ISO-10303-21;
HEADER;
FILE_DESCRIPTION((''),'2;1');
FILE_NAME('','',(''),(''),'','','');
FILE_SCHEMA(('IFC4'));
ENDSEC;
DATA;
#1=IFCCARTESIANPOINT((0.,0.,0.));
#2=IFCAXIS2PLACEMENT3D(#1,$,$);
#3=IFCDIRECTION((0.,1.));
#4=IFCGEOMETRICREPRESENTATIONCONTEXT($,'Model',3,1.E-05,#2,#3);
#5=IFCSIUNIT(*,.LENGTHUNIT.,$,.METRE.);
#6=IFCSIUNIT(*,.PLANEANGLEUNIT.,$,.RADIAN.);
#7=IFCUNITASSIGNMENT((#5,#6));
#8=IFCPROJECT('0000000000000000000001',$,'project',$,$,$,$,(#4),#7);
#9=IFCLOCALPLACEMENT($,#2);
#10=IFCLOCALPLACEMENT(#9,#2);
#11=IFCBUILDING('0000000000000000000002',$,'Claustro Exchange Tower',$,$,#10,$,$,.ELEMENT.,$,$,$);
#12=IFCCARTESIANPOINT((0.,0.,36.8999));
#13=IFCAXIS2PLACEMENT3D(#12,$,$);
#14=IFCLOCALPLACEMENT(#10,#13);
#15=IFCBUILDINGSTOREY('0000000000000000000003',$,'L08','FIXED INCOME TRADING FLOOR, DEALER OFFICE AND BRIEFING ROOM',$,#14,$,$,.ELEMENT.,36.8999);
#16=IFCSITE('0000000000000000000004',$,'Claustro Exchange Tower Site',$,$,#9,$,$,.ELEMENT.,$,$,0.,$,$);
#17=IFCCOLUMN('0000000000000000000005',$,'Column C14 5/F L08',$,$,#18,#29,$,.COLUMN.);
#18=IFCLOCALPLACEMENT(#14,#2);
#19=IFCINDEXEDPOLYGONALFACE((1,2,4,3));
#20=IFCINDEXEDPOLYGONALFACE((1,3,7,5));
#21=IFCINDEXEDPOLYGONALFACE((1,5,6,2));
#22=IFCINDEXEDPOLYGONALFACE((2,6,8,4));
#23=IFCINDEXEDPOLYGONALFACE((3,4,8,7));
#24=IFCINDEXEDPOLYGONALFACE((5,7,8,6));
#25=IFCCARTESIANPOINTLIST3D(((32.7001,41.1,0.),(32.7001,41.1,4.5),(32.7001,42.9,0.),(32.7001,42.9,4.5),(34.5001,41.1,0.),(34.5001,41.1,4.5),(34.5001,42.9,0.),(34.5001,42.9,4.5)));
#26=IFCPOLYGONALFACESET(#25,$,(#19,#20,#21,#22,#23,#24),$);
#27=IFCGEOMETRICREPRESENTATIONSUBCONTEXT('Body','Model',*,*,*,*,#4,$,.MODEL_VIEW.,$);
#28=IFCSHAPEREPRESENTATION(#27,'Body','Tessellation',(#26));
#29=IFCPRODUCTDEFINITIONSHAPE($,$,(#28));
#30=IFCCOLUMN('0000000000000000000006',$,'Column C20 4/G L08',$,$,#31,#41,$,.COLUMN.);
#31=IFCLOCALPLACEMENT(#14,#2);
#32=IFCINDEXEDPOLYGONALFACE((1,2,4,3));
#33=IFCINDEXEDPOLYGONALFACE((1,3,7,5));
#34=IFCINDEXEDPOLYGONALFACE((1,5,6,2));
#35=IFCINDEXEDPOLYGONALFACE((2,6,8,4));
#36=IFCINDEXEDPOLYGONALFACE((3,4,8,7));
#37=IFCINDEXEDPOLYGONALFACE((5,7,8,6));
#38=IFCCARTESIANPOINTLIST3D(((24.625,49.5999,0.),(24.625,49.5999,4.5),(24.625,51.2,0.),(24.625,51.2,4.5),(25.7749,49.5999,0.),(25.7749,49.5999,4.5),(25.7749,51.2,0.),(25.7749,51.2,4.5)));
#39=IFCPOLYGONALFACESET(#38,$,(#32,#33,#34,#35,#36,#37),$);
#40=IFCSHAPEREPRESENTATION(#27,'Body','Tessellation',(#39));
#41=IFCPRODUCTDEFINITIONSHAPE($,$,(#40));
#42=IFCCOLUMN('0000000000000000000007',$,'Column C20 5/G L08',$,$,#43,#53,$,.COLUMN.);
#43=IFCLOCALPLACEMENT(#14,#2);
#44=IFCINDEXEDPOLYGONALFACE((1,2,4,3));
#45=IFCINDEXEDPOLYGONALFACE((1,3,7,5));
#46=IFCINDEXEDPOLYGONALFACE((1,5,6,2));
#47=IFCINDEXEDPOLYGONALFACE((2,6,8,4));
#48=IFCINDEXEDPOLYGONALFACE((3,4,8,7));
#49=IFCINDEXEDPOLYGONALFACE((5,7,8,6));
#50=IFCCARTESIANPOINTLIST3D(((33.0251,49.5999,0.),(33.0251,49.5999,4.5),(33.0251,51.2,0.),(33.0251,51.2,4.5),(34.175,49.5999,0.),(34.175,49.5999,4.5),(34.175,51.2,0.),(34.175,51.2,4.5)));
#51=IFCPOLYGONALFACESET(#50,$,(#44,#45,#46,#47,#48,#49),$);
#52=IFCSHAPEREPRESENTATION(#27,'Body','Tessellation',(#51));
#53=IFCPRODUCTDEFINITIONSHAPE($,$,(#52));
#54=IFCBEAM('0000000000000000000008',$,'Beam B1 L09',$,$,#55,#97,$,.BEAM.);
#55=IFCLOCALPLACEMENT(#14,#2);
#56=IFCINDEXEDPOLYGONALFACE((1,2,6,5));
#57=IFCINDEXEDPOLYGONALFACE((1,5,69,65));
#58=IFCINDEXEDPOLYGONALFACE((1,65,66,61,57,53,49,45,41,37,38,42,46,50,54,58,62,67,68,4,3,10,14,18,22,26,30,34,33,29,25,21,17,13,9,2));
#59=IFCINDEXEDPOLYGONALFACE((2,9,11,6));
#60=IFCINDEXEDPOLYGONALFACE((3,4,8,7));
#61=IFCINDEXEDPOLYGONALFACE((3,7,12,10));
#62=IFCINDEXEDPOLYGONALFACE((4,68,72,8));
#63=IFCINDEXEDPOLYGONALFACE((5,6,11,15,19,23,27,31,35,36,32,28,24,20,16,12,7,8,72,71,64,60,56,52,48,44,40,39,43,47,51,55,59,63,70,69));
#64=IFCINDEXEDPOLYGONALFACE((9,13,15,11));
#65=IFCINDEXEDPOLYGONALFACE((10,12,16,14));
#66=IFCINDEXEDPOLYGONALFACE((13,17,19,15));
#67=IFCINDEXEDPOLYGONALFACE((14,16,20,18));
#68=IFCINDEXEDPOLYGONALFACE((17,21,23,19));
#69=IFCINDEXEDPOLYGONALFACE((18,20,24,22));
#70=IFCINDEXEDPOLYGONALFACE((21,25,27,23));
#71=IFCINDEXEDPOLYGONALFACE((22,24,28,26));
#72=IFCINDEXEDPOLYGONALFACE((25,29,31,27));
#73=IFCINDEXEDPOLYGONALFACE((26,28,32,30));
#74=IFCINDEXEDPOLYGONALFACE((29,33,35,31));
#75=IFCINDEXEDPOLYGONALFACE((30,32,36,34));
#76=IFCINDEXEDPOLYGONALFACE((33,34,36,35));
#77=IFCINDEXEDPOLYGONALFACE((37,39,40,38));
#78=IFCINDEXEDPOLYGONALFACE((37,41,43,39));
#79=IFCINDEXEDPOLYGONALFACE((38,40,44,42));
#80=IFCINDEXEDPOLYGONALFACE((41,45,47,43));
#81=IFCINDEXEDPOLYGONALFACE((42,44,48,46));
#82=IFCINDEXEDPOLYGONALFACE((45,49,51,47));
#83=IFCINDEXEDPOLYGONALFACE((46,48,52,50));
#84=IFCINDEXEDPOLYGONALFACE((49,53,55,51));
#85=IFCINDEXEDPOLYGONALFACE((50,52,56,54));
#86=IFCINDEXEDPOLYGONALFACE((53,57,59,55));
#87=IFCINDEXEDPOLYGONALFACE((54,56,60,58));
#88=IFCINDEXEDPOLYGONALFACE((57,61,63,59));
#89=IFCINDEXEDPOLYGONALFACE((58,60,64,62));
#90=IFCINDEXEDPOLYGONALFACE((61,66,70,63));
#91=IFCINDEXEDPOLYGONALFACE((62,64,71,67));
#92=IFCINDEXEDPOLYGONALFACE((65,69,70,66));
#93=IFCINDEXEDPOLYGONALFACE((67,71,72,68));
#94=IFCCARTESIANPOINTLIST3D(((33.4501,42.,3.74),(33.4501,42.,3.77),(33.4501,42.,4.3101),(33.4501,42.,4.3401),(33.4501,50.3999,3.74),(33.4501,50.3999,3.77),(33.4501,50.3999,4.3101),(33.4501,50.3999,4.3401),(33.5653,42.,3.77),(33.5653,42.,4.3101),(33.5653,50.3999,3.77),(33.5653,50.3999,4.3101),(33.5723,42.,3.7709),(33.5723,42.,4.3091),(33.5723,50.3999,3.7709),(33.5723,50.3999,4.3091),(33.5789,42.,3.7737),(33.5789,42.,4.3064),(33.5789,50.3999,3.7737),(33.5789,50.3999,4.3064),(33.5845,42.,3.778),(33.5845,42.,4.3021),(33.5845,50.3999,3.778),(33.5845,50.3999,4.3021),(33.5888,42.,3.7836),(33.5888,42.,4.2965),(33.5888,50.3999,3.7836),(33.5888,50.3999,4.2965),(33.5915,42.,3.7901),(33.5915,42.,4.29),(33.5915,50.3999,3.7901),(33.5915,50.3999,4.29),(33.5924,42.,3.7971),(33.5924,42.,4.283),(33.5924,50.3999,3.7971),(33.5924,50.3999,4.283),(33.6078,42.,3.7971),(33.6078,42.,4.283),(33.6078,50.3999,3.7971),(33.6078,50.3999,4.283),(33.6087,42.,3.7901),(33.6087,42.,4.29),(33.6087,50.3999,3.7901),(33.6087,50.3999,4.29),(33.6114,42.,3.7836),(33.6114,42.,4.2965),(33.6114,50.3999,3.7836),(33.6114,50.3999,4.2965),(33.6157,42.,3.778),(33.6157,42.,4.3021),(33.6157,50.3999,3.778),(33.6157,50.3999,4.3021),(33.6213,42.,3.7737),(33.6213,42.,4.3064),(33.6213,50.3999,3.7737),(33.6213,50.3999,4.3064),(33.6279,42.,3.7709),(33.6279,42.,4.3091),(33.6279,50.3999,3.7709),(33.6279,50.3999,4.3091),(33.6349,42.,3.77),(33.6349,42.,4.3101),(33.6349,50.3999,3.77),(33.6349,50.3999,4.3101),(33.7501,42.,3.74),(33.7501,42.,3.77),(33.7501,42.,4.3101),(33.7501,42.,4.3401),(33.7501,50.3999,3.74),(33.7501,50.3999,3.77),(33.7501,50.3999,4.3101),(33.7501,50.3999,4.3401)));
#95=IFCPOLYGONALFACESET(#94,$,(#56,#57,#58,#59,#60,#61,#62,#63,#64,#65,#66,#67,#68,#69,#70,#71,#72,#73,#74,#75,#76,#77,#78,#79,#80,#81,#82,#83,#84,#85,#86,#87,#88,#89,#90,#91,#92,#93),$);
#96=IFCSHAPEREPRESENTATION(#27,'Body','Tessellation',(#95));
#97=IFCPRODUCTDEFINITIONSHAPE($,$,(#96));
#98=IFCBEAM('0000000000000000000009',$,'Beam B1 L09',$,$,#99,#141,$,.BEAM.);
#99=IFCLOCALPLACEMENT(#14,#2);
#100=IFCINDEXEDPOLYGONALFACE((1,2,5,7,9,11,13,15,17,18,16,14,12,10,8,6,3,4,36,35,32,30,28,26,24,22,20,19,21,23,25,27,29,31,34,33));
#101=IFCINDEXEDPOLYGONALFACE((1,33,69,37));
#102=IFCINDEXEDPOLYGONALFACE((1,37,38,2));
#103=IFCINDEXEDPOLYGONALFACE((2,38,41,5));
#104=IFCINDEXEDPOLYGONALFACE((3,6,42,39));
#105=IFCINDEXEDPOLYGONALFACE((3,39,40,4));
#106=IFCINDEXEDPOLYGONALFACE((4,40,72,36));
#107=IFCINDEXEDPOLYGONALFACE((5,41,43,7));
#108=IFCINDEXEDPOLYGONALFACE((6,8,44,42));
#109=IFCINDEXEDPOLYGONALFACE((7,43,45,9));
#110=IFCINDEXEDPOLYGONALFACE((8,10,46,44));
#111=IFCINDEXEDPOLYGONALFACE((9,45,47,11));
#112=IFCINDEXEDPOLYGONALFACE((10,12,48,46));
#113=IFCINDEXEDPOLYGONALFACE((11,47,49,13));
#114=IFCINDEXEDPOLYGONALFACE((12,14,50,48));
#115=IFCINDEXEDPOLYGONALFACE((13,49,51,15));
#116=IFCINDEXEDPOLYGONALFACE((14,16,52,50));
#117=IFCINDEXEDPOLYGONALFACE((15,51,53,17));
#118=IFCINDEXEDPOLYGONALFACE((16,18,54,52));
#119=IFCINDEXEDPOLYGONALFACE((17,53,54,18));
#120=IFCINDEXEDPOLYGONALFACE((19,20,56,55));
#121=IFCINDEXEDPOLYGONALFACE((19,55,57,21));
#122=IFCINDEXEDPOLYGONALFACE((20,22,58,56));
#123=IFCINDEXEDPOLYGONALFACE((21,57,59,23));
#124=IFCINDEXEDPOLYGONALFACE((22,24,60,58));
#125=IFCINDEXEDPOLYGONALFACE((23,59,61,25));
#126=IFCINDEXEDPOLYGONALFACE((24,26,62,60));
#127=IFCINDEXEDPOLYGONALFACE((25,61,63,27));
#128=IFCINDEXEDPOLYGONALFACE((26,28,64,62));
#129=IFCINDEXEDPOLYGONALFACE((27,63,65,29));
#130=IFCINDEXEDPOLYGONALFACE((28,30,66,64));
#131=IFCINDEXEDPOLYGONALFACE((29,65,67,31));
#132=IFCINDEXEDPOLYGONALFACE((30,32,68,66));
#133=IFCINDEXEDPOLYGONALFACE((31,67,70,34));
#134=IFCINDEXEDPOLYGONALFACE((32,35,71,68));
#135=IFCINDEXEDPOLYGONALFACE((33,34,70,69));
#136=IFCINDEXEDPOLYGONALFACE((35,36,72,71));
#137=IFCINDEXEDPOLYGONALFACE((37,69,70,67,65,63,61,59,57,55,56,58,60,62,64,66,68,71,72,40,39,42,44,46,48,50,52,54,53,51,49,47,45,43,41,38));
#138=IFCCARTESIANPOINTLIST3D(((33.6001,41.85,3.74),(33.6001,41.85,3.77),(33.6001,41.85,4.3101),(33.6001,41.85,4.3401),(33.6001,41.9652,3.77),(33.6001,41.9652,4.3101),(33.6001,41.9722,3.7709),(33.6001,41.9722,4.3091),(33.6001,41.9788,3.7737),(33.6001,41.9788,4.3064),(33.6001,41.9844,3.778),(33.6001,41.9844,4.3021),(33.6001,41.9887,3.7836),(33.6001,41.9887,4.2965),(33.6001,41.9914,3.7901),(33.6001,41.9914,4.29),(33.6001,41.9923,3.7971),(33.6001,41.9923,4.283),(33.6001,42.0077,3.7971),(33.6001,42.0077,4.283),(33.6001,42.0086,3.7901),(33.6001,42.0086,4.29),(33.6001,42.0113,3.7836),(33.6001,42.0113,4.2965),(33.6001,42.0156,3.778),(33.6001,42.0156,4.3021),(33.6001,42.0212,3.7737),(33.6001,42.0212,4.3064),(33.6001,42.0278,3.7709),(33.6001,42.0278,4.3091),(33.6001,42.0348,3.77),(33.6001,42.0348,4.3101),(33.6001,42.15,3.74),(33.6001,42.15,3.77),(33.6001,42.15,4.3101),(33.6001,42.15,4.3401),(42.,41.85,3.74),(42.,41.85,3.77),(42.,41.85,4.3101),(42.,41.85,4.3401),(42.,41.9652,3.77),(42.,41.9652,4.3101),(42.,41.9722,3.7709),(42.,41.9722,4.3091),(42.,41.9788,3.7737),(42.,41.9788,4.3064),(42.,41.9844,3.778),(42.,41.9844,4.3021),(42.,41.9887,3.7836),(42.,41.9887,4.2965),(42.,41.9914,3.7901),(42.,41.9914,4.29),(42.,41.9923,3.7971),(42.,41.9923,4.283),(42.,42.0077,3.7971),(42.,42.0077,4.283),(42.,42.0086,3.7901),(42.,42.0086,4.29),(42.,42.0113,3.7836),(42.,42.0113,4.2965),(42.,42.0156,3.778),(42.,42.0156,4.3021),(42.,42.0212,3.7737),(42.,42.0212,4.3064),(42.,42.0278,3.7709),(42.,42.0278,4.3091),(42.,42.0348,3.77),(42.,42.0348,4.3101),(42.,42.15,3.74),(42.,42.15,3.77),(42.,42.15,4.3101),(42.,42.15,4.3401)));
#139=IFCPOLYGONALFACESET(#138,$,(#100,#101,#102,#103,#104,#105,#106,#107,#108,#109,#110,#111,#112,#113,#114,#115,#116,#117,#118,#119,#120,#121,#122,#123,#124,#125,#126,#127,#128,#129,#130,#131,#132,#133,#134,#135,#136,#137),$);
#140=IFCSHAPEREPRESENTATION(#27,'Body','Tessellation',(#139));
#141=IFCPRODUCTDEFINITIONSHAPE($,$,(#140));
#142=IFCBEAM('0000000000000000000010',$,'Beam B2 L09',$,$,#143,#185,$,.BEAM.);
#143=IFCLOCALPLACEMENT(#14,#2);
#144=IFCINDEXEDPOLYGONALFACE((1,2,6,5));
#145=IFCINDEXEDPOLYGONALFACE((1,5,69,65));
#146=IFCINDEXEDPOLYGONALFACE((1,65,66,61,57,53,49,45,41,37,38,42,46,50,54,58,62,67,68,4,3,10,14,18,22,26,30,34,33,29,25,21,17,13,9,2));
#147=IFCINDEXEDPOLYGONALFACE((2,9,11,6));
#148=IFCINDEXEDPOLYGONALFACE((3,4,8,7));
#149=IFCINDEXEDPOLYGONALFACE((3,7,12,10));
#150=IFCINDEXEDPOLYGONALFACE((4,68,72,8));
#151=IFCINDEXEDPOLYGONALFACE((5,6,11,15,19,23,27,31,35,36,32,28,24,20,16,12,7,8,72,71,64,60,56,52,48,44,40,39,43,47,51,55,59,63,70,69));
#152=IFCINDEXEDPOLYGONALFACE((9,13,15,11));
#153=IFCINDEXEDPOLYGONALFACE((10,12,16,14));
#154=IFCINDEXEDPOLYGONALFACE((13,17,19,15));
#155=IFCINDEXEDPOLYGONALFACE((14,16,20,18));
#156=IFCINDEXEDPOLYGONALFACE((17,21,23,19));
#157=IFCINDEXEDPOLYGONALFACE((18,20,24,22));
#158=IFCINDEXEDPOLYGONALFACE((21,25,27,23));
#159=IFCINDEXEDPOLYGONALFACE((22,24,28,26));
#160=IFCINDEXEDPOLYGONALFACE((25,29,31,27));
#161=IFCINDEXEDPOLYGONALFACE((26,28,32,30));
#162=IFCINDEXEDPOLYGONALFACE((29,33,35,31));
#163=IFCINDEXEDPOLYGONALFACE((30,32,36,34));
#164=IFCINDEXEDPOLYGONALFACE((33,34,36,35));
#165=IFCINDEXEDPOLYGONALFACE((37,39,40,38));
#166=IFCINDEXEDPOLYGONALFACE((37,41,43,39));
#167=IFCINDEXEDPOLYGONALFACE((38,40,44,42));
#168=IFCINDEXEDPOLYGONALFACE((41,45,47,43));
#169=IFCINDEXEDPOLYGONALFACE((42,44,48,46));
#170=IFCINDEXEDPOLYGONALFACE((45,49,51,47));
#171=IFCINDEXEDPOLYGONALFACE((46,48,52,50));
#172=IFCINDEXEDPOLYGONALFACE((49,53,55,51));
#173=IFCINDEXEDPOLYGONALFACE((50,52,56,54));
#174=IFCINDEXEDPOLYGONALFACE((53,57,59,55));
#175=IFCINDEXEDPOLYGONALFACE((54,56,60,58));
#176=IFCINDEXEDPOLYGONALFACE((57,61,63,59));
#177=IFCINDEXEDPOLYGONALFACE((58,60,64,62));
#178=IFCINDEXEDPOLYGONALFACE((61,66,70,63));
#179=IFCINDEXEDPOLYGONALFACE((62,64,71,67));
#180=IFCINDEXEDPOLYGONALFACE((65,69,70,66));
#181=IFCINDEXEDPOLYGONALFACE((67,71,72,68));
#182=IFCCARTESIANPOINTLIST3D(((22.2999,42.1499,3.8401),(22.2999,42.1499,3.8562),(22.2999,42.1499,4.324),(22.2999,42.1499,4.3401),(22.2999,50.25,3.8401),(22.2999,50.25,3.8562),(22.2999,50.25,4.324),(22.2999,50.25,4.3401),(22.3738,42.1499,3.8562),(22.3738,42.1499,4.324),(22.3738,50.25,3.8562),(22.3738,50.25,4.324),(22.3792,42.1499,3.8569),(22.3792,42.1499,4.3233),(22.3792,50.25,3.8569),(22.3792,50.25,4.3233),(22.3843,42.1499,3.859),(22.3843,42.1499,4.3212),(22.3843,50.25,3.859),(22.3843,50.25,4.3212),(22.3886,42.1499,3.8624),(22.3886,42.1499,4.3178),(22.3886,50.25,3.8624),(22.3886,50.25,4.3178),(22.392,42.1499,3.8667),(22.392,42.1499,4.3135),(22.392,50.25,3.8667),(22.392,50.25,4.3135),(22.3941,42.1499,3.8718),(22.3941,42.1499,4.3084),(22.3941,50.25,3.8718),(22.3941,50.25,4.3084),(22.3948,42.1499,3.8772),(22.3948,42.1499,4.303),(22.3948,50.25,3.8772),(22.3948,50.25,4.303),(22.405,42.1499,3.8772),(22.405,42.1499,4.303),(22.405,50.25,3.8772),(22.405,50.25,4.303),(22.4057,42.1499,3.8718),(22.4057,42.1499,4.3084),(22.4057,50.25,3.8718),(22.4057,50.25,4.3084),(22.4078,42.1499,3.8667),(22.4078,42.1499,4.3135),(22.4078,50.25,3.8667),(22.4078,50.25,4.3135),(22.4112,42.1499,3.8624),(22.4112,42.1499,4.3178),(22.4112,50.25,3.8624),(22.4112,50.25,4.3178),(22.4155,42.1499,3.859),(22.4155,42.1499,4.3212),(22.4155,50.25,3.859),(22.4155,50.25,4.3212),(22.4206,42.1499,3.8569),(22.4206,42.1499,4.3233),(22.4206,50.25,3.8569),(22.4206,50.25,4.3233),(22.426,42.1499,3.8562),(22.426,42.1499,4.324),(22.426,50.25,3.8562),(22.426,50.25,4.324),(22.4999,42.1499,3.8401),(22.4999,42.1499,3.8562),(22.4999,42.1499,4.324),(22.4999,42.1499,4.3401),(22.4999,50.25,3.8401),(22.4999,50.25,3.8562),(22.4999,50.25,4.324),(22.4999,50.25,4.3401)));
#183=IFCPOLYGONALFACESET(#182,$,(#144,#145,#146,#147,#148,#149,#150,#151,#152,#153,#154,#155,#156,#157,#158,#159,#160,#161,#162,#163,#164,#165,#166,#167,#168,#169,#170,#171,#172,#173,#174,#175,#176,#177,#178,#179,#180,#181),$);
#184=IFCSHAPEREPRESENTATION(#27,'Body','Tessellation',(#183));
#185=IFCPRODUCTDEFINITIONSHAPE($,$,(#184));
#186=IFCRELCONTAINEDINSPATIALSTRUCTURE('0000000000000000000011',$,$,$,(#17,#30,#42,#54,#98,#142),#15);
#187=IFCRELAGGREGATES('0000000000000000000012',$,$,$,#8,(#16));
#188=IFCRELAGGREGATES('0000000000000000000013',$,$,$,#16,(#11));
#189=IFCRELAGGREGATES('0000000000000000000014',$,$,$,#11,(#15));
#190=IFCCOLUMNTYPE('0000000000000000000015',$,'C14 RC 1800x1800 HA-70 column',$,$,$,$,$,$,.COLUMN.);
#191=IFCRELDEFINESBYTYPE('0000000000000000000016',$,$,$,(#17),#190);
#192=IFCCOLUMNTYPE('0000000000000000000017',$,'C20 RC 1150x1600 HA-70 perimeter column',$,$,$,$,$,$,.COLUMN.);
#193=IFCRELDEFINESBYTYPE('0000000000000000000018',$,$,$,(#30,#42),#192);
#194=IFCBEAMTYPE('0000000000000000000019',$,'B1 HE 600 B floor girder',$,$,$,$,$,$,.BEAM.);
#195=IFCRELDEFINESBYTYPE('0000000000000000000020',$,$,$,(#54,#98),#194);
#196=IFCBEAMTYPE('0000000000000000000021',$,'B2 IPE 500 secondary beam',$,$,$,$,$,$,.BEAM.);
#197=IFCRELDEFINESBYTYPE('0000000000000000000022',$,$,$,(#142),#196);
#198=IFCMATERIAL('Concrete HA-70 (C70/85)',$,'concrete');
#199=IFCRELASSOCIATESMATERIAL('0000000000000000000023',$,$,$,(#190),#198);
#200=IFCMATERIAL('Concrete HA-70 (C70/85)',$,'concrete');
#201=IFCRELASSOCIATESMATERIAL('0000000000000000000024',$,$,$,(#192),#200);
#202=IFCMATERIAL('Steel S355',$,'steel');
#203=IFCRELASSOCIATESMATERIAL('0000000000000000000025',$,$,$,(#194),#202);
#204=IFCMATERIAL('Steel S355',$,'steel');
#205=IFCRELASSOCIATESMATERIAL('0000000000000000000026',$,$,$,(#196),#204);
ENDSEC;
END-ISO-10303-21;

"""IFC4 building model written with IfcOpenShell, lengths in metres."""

from ifc_helpers import new_model, si_unit, direction, frame, origin, origin_2d, place, context, subcontext, project, spatial, rectangle, i_section, extrude, material, material_profile, profile_set, type_object, element, save


model = new_model("IFC4")

# Units and contexts
model_context = context("Model", 3, precision=1e-05, world=origin(), true_north=direction((0.0, 1.0)))
body_context = subcontext(model_context, "Body", "Model", "MODEL_VIEW")
ifc_project = project(units=[si_unit("LENGTHUNIT", "METRE"), si_unit("PLANEANGLEUNIT", "RADIAN")], contexts=[model_context])

# Site, building, storey
site_placement = place(None, origin())
site = spatial("IfcSite", under=ifc_project, at=site_placement, Name="Claustro Exchange Tower Site", CompositionType="ELEMENT", RefElevation=0.0)
building_placement = place(site_placement, origin())
building = spatial("IfcBuilding", under=site, at=building_placement, Name="Claustro Exchange Tower", CompositionType="ELEMENT")
storey_placement = place(building_placement, frame((0.0, 0.0, 36.8999)))
storey = spatial("IfcBuildingStorey", under=building, at=storey_placement, Name="L08", Description="FIXED INCOME TRADING FLOOR, DEALER OFFICE AND BRIEFING ROOM", CompositionType="ELEMENT", Elevation=36.8999)

# Columns
ifc_material_1 = material(Name="Concrete HA-70 (C70/85)", Category="concrete")
ifc_material_profile_1 = material_profile(ifc_material_1, rectangle(XDim=1.8, YDim=1.8, at=origin_2d()), Name="RC 1800x1800")
ifc_profile_set_1 = profile_set([ifc_material_profile_1], Name="Concrete HA-70 (C70/85)")
column_type_1 = type_object("IfcColumnType", Name="C14 RC 1800x1800 HA-70 column", PredefinedType="COLUMN", material=ifc_profile_set_1)
column_placement = place(storey_placement, frame((33.6001, 42.0, 0.0), z_axis=(0.0, 0.0, 1.0), x_axis=(1.0, 0.0, 0.0)))
element("IfcColumn", 1, at=column_placement, inside=storey, type_object=column_type_1, Name="Column C14 5/F L08", PredefinedType="COLUMN", context=body_context, shape_type="SweptSolid", body=[
    extrude(rectangle(XDim=1.8, YDim=1.8, at=origin_2d()), origin(), (0.0, 0.0, 1.0), 4.5),
])
ifc_material_2 = material(Name="Concrete HA-70 (C70/85)", Category="concrete")
ifc_material_profile_2 = material_profile(ifc_material_2, rectangle(XDim=1.1499, YDim=1.6001, at=origin_2d()), Name="RC 1150x1600")
ifc_profile_set_2 = profile_set([ifc_material_profile_2], Name="Concrete HA-70 (C70/85)")
column_type_2 = type_object("IfcColumnType", Name="C20 RC 1150x1600 HA-70 perimeter column", PredefinedType="COLUMN", material=ifc_profile_set_2)
for number, where, z_axis, x_axis, name in (
    (2, (25.2, 50.3999, 0.0), (0.0, 0.0, 1.0), (1.0, 0.0, 0.0), "Column C20 4/G L08"),
    (3, (33.6001, 50.3999, 0.0), (0.0, 0.0, 1.0), (1.0, 0.0, 0.0), "Column C20 5/G L08"),
):
    element("IfcColumn", number, at=place(storey_placement, frame(where, z_axis=z_axis, x_axis=x_axis)), inside=storey, type_object=column_type_2, Name=name, PredefinedType="COLUMN", context=body_context, shape_type="SweptSolid", body=[
        extrude(rectangle(XDim=1.1499, YDim=1.6001, at=origin_2d()), origin(), (0.0, 0.0, 1.0), 4.5),
    ])

# Beams
ifc_material_3 = material(Name="Steel S355", Category="steel")
ifc_material_profile_3 = material_profile(ifc_material_3, i_section(OverallWidth=0.3, OverallDepth=0.6001, WebThickness=0.0154, FlangeThickness=0.03, FilletRadius=0.0271, at=origin_2d()), Name="HE 600 B")
ifc_profile_set_3 = profile_set([ifc_material_profile_3], Name="Steel S355")
beam_type_1 = type_object("IfcBeamType", Name="B1 HE 600 B floor girder", PredefinedType="BEAM", material=ifc_profile_set_3)
for number, where, z_axis, x_axis, name in (
    (4, (33.6001, 42.0, 4.04), (0.0, 1.0, 0.0), (-1.0, 0.0, 0.0), "Beam B1 L09"),
    (5, (33.6001, 42.0, 4.04), (1.0, 0.0, 0.0), (0.0, 1.0, 0.0), "Beam B1 L09"),
):
    element("IfcBeam", number, at=place(storey_placement, frame(where, z_axis=z_axis, x_axis=x_axis)), inside=storey, type_object=beam_type_1, Name=name, PredefinedType="BEAM", context=body_context, shape_type="SweptSolid", body=[
        extrude(i_section(OverallWidth=0.3, OverallDepth=0.6001, WebThickness=0.0154, FlangeThickness=0.03, FilletRadius=0.0271, at=origin_2d()), origin(), (0.0, 0.0, 1.0), 8.3999),
    ])
ifc_material_4 = material(Name="Steel S355", Category="steel")
ifc_material_profile_4 = material_profile(ifc_material_4, i_section(OverallWidth=0.2, OverallDepth=0.5, WebThickness=0.0103, FlangeThickness=0.0161, FilletRadius=0.021, at=origin_2d()), Name="IPE 500")
ifc_profile_set_4 = profile_set([ifc_material_profile_4], Name="Steel S355")
beam_type_2 = type_object("IfcBeamType", Name="B2 IPE 500 secondary beam", PredefinedType="BEAM", material=ifc_profile_set_4)
for number, where, z_axis, x_axis, name in (
    (6, (22.3999, 42.1499, 4.0901), (0.0, 1.0, 0.0), (-1.0, 0.0, 0.0), "Beam B2 L09"),
):
    element("IfcBeam", number, at=place(storey_placement, frame(where, z_axis=z_axis, x_axis=x_axis)), inside=storey, type_object=beam_type_2, Name=name, PredefinedType="BEAM", context=body_context, shape_type="SweptSolid", body=[
        extrude(i_section(OverallWidth=0.2, OverallDepth=0.5, WebThickness=0.0103, FlangeThickness=0.0161, FilletRadius=0.021, at=origin_2d()), origin(), (0.0, 0.0, 1.0), 8.1001),
    ])

save(model, "model.ifc")
